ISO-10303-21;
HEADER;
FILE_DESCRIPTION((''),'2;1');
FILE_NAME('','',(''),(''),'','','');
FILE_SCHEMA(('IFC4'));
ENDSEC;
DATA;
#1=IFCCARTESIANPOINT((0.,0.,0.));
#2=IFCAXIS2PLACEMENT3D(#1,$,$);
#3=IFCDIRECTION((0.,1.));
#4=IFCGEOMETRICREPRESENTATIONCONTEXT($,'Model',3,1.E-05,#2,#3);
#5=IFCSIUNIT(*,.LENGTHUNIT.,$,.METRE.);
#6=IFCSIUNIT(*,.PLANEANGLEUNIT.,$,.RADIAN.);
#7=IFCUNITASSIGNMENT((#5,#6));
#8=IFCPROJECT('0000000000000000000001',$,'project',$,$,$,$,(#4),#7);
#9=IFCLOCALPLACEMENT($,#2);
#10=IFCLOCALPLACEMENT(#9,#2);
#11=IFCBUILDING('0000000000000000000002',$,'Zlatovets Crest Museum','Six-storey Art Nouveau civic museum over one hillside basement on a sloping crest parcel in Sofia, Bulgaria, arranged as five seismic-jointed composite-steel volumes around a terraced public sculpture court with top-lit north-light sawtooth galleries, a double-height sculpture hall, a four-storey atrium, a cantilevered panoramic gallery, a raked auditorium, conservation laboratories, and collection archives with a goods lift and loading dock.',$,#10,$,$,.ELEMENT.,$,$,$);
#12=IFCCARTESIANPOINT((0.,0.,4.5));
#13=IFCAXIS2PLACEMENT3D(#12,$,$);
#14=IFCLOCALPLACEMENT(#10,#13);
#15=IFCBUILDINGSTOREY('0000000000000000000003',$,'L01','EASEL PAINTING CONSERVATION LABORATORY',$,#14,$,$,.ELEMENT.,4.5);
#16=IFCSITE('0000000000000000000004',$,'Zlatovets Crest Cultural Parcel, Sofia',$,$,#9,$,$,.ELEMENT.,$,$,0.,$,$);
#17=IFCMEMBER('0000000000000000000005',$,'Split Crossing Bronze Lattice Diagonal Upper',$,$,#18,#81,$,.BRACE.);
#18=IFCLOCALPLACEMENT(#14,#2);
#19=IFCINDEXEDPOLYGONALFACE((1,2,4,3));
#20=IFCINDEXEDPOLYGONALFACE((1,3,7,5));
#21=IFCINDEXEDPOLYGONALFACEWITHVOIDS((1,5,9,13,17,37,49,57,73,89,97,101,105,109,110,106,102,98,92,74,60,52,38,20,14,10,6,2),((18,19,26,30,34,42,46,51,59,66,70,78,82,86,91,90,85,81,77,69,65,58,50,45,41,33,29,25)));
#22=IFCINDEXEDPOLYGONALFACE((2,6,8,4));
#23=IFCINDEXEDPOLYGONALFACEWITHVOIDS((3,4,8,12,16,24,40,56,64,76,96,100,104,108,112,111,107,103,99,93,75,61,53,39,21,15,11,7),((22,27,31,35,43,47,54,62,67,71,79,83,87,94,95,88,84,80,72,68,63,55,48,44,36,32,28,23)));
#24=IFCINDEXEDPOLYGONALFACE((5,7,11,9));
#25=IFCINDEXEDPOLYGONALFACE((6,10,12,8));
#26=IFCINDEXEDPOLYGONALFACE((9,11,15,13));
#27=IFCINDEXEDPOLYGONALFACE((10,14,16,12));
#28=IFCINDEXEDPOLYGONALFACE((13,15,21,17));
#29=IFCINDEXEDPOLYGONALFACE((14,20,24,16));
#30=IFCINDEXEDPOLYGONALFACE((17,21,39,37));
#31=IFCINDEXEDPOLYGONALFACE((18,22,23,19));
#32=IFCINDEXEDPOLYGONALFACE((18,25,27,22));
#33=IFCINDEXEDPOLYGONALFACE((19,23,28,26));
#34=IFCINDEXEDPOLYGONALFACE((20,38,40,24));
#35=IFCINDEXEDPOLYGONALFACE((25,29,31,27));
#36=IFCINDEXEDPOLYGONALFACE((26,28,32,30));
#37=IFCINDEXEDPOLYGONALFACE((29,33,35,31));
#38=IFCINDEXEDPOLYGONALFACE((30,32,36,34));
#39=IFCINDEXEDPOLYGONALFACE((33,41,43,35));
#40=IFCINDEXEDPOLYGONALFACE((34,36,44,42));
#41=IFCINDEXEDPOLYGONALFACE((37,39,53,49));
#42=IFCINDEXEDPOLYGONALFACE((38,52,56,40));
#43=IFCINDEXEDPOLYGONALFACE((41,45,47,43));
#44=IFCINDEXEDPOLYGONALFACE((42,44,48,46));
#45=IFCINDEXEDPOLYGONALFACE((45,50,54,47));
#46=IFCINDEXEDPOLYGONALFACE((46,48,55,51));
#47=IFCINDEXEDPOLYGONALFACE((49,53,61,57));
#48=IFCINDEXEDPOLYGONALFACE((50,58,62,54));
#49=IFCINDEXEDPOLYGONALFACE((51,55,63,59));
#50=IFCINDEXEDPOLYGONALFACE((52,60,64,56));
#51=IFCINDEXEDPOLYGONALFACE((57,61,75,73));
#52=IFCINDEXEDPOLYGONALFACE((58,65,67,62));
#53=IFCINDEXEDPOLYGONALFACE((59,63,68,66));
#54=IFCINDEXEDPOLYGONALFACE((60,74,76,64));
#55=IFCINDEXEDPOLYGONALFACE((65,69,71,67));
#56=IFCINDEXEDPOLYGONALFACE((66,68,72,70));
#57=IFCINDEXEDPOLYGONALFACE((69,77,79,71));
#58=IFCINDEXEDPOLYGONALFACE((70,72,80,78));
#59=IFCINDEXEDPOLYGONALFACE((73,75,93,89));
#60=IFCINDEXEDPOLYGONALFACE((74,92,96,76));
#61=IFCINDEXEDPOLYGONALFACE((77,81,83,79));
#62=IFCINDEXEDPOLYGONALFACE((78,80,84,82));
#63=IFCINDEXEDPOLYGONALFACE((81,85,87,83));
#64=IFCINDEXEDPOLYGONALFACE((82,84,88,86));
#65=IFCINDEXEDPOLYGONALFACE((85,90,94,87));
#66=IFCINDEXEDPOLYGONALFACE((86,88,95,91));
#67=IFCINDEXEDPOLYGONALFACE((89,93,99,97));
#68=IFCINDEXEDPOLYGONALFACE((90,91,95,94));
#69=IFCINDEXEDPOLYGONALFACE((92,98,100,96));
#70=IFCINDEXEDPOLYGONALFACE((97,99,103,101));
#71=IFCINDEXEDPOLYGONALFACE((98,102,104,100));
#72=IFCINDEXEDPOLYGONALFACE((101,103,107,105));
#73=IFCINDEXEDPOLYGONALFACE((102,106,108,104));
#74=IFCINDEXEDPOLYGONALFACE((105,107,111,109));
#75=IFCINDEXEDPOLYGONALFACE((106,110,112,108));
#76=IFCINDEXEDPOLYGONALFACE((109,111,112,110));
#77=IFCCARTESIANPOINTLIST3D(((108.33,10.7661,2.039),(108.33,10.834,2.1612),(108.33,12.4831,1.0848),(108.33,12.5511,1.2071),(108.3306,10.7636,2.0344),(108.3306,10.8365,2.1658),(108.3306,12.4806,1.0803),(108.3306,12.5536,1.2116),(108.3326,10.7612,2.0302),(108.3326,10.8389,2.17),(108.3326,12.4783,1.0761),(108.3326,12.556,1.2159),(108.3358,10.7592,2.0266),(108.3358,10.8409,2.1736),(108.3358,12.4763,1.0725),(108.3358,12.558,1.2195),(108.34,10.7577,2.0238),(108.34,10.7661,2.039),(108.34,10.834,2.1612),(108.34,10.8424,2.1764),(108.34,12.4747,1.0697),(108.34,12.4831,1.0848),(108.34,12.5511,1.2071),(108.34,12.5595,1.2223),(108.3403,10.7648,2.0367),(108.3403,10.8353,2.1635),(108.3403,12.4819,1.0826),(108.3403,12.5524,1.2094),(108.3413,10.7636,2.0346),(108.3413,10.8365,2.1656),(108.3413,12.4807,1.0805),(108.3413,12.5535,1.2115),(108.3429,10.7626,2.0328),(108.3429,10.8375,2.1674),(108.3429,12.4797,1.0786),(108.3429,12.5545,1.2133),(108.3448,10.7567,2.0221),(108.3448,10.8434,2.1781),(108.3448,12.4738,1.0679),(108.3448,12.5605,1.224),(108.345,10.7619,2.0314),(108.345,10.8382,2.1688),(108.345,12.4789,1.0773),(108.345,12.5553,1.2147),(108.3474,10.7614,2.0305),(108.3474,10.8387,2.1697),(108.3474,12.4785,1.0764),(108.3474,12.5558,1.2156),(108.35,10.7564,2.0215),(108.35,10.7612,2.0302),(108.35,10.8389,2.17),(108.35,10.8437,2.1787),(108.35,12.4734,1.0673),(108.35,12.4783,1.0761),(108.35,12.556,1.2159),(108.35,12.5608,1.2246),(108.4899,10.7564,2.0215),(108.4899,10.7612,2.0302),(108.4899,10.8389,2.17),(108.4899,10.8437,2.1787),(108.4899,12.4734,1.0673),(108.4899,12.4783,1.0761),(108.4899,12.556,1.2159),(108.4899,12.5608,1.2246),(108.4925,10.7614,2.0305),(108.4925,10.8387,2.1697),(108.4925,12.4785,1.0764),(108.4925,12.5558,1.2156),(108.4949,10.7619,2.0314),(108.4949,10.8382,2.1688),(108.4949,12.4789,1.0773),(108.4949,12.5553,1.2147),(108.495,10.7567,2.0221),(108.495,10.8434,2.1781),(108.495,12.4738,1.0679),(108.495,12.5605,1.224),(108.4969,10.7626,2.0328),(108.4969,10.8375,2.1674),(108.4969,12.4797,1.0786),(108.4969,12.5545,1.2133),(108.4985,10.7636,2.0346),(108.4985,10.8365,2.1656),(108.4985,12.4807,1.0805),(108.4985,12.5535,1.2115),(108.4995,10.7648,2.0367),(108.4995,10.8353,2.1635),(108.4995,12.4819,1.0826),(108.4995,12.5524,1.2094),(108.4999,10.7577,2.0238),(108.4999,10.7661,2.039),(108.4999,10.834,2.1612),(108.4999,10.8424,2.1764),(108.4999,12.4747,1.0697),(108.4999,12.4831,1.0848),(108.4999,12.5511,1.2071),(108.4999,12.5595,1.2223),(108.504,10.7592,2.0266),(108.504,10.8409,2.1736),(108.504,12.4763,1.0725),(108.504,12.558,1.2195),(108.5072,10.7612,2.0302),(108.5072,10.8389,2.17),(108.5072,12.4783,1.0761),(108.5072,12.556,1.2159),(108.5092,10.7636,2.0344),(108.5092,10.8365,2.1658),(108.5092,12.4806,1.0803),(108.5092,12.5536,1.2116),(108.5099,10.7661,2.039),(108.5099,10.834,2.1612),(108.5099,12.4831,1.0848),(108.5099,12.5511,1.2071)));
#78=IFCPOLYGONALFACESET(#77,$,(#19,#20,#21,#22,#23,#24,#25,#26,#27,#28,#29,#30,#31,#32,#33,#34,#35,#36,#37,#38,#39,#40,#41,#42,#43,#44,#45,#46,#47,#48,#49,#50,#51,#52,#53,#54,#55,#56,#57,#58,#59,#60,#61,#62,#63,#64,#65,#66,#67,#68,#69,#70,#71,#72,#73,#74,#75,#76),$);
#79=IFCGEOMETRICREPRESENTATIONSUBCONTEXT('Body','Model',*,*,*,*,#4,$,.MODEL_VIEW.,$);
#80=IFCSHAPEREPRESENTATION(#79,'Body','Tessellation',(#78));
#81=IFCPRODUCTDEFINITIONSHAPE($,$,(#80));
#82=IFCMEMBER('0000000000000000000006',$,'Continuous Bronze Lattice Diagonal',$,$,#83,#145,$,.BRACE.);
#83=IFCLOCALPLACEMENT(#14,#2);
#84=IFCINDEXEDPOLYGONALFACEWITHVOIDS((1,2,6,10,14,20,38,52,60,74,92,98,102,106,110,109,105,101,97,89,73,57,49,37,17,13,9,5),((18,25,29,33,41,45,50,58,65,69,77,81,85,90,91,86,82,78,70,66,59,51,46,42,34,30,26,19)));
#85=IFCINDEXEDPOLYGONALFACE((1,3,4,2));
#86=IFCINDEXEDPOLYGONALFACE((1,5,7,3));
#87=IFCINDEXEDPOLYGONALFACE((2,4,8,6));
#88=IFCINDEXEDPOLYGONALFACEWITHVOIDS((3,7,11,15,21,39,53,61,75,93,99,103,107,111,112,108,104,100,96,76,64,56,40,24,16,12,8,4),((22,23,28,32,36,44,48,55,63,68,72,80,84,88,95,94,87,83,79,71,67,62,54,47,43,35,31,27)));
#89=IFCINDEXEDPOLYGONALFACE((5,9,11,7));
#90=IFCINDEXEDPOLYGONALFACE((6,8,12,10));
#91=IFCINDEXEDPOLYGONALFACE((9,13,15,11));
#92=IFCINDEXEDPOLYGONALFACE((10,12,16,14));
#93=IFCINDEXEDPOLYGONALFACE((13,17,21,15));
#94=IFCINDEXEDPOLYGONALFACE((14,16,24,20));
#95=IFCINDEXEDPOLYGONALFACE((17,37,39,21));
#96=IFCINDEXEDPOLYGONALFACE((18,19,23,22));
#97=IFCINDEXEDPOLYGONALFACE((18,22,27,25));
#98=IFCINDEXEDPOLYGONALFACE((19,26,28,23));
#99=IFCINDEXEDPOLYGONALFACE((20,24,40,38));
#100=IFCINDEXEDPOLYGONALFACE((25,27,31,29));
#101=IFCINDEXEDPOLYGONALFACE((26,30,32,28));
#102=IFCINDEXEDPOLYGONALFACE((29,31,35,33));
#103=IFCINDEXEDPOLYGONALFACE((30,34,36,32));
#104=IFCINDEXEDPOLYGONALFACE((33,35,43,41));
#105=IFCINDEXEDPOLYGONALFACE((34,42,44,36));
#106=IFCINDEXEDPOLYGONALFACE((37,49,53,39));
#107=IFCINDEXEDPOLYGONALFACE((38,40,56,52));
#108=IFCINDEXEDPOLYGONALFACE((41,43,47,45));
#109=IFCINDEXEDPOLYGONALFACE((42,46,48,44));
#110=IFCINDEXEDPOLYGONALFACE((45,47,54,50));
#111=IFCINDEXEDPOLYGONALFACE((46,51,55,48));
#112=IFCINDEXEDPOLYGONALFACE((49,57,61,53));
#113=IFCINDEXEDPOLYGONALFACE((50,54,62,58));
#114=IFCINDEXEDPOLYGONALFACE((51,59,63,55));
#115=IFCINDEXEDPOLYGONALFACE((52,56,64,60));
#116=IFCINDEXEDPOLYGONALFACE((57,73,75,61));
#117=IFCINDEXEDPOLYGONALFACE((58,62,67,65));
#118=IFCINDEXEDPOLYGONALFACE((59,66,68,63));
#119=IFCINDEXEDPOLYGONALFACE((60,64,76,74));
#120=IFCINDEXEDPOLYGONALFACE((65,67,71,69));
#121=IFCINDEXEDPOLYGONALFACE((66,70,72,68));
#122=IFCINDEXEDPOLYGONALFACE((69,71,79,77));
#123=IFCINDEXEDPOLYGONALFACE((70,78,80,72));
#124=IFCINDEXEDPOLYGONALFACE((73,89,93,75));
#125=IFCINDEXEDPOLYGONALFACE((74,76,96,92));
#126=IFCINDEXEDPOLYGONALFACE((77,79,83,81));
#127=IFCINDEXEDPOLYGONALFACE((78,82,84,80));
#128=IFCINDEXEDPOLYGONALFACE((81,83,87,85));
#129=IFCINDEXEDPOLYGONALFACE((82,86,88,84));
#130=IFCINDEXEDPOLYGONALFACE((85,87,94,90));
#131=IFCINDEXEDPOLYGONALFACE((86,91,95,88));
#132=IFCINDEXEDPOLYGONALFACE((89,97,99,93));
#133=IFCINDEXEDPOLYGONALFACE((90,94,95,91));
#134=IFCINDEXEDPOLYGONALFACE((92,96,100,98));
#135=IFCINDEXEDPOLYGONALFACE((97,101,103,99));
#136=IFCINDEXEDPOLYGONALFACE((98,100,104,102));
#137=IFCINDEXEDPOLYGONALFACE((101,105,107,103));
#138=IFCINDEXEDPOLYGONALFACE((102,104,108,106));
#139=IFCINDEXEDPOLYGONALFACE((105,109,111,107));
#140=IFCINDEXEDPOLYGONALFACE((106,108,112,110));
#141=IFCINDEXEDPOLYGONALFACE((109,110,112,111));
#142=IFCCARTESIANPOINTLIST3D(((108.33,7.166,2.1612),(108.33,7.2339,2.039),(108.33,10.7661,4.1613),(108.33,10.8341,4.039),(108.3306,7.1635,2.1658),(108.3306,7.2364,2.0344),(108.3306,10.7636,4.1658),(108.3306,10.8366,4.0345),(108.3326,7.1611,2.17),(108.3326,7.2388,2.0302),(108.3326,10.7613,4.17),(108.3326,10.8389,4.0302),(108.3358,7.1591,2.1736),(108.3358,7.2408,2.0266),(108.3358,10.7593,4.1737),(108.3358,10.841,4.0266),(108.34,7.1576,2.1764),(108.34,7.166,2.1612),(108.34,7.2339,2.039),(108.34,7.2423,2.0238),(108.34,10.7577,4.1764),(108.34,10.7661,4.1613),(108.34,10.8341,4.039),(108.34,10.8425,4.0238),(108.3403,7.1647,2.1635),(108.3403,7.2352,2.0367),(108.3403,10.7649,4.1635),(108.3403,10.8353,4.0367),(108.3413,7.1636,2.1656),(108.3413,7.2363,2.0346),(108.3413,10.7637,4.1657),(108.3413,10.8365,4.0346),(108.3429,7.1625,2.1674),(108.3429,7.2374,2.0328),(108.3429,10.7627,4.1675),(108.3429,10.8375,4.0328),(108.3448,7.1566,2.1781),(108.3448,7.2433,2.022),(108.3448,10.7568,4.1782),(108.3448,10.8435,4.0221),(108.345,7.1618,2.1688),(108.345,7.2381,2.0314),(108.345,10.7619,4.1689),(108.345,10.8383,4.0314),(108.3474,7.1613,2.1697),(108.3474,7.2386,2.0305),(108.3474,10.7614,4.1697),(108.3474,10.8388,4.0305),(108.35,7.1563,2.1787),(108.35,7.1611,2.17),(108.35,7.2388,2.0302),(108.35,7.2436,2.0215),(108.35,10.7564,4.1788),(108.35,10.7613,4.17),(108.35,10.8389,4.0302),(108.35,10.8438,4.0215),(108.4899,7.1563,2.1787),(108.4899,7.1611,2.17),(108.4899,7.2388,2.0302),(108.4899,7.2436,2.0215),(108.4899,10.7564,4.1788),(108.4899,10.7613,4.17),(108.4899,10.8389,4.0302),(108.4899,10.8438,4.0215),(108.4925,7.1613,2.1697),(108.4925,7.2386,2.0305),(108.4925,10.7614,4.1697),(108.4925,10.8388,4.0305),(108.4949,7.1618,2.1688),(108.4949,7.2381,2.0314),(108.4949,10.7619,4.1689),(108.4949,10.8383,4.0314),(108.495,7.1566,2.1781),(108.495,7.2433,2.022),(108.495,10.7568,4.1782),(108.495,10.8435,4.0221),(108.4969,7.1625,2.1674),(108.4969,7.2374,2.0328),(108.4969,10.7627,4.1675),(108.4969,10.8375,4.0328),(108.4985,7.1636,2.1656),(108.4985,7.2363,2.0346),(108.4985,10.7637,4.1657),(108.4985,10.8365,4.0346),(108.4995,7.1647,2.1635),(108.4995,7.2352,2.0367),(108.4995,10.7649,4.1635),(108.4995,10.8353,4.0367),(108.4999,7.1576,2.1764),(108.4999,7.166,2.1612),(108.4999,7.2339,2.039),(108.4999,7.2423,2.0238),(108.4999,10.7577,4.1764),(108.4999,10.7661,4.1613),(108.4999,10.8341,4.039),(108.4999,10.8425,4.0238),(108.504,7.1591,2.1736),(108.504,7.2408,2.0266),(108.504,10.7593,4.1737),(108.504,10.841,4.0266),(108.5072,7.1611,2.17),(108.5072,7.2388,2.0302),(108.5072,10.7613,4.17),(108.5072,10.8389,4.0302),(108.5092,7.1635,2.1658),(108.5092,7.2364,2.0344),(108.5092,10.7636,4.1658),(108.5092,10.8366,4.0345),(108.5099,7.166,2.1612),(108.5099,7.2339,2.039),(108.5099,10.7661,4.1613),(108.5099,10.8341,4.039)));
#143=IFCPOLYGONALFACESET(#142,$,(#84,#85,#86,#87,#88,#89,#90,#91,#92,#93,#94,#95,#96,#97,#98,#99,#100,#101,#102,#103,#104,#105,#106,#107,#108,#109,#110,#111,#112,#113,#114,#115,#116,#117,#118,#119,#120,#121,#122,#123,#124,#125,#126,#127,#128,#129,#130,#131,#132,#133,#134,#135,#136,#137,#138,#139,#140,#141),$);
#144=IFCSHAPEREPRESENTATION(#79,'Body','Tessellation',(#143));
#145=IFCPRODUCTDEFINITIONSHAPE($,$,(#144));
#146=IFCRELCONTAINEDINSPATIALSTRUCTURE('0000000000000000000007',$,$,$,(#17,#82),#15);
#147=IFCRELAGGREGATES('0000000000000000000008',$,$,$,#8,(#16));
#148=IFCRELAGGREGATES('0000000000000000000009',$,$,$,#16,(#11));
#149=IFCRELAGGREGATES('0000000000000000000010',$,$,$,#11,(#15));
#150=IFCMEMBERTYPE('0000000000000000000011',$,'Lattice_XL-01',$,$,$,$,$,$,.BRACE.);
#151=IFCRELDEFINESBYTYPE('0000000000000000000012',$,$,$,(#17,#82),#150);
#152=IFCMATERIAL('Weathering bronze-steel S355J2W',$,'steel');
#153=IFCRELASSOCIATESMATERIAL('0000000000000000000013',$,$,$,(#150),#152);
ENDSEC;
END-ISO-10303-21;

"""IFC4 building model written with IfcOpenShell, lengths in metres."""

from ifc_helpers import new_model, si_unit, direction, frame, origin, origin_2d, place, context, subcontext, project, spatial, hollow_rectangle, extrude, material, material_profile, profile_set, type_object, element, save


model = new_model("IFC4")

# Units and contexts
model_context = context("Model", 3, precision=1e-05, world=origin(), true_north=direction((0.0, 1.0)))
body_context = subcontext(model_context, "Body", "Model", "MODEL_VIEW")
ifc_project = project(units=[si_unit("LENGTHUNIT", "METRE"), si_unit("PLANEANGLEUNIT", "RADIAN")], contexts=[model_context])

# Site, building, storey
site_placement = place(None, origin())
site = spatial("IfcSite", under=ifc_project, at=site_placement, Name="Zlatovets Crest Cultural Parcel, Sofia", CompositionType="ELEMENT", RefElevation=0.0)
building_placement = place(site_placement, origin())
building = spatial("IfcBuilding", under=site, at=building_placement, Name="Zlatovets Crest Museum", Description="Six-storey Art Nouveau civic museum over one hillside basement on a sloping crest parcel in Sofia, Bulgaria, arranged as five seismic-jointed composite-steel volumes around a terraced public sculpture court with top-lit north-light sawtooth galleries, a double-height sculpture hall, a four-storey atrium, a cantilevered panoramic gallery, a raked auditorium, conservation laboratories, and collection archives with a goods lift and loading dock.", CompositionType="ELEMENT")
storey_placement = place(building_placement, frame((0.0, 0.0, 4.5)))
storey = spatial("IfcBuildingStorey", under=building, at=storey_placement, Name="L01", Description="EASEL PAINTING CONSERVATION LABORATORY", CompositionType="ELEMENT", Elevation=4.5)

# Members
ifc_material_1 = material(Name="Weathering bronze-steel S355J2W", Category="steel")
ifc_material_profile_1 = material_profile(ifc_material_1, hollow_rectangle(XDim=0.1799, YDim=0.1799, WallThickness=0.01, InnerFilletRadius=0.01, OuterFilletRadius=0.02, at=origin_2d()), Name="SHS 180x180x10.0")
ifc_profile_set_1 = profile_set([ifc_material_profile_1], Name="Weathering bronze-steel S355J2W")
member_type_1 = type_object("IfcMemberType", Name="Lattice_XL-01", PredefinedType="BRACE", material=ifc_profile_set_1)
member_1_placement = place(storey_placement, frame((108.4199, 10.8, 2.1001), z_axis=(0.0, 0.874116, -0.485717), x_axis=(-1.0, 0.0, 0.0)))
element("IfcMember", 1, at=member_1_placement, inside=storey, type_object=member_type_1, Name="Split Crossing Bronze Lattice Diagonal Upper", PredefinedType="BRACE", context=body_context, shape_type="SweptSolid", body=[
    extrude(hollow_rectangle(XDim=0.1799, YDim=0.1799, WallThickness=0.01, InnerFilletRadius=0.01, OuterFilletRadius=0.02, at=origin_2d()), origin(), (0.0, 0.0, 1.0), 1.9644),
])
member_2_placement = place(storey_placement, frame((108.4199, 7.2, 2.1001), z_axis=(0.0, 0.874163, 0.485633), x_axis=(-1.0, 0.0, 0.0)))
element("IfcMember", 2, at=member_2_placement, inside=storey, type_object=member_type_1, Name="Continuous Bronze Lattice Diagonal", PredefinedType="BRACE", context=body_context, shape_type="SweptSolid", body=[
    extrude(hollow_rectangle(XDim=0.1799, YDim=0.1799, WallThickness=0.01, InnerFilletRadius=0.01, OuterFilletRadius=0.02, at=origin_2d()), origin(), (0.0, 0.0, 1.0), 4.1184),
])

save(model, "model.ifc")
